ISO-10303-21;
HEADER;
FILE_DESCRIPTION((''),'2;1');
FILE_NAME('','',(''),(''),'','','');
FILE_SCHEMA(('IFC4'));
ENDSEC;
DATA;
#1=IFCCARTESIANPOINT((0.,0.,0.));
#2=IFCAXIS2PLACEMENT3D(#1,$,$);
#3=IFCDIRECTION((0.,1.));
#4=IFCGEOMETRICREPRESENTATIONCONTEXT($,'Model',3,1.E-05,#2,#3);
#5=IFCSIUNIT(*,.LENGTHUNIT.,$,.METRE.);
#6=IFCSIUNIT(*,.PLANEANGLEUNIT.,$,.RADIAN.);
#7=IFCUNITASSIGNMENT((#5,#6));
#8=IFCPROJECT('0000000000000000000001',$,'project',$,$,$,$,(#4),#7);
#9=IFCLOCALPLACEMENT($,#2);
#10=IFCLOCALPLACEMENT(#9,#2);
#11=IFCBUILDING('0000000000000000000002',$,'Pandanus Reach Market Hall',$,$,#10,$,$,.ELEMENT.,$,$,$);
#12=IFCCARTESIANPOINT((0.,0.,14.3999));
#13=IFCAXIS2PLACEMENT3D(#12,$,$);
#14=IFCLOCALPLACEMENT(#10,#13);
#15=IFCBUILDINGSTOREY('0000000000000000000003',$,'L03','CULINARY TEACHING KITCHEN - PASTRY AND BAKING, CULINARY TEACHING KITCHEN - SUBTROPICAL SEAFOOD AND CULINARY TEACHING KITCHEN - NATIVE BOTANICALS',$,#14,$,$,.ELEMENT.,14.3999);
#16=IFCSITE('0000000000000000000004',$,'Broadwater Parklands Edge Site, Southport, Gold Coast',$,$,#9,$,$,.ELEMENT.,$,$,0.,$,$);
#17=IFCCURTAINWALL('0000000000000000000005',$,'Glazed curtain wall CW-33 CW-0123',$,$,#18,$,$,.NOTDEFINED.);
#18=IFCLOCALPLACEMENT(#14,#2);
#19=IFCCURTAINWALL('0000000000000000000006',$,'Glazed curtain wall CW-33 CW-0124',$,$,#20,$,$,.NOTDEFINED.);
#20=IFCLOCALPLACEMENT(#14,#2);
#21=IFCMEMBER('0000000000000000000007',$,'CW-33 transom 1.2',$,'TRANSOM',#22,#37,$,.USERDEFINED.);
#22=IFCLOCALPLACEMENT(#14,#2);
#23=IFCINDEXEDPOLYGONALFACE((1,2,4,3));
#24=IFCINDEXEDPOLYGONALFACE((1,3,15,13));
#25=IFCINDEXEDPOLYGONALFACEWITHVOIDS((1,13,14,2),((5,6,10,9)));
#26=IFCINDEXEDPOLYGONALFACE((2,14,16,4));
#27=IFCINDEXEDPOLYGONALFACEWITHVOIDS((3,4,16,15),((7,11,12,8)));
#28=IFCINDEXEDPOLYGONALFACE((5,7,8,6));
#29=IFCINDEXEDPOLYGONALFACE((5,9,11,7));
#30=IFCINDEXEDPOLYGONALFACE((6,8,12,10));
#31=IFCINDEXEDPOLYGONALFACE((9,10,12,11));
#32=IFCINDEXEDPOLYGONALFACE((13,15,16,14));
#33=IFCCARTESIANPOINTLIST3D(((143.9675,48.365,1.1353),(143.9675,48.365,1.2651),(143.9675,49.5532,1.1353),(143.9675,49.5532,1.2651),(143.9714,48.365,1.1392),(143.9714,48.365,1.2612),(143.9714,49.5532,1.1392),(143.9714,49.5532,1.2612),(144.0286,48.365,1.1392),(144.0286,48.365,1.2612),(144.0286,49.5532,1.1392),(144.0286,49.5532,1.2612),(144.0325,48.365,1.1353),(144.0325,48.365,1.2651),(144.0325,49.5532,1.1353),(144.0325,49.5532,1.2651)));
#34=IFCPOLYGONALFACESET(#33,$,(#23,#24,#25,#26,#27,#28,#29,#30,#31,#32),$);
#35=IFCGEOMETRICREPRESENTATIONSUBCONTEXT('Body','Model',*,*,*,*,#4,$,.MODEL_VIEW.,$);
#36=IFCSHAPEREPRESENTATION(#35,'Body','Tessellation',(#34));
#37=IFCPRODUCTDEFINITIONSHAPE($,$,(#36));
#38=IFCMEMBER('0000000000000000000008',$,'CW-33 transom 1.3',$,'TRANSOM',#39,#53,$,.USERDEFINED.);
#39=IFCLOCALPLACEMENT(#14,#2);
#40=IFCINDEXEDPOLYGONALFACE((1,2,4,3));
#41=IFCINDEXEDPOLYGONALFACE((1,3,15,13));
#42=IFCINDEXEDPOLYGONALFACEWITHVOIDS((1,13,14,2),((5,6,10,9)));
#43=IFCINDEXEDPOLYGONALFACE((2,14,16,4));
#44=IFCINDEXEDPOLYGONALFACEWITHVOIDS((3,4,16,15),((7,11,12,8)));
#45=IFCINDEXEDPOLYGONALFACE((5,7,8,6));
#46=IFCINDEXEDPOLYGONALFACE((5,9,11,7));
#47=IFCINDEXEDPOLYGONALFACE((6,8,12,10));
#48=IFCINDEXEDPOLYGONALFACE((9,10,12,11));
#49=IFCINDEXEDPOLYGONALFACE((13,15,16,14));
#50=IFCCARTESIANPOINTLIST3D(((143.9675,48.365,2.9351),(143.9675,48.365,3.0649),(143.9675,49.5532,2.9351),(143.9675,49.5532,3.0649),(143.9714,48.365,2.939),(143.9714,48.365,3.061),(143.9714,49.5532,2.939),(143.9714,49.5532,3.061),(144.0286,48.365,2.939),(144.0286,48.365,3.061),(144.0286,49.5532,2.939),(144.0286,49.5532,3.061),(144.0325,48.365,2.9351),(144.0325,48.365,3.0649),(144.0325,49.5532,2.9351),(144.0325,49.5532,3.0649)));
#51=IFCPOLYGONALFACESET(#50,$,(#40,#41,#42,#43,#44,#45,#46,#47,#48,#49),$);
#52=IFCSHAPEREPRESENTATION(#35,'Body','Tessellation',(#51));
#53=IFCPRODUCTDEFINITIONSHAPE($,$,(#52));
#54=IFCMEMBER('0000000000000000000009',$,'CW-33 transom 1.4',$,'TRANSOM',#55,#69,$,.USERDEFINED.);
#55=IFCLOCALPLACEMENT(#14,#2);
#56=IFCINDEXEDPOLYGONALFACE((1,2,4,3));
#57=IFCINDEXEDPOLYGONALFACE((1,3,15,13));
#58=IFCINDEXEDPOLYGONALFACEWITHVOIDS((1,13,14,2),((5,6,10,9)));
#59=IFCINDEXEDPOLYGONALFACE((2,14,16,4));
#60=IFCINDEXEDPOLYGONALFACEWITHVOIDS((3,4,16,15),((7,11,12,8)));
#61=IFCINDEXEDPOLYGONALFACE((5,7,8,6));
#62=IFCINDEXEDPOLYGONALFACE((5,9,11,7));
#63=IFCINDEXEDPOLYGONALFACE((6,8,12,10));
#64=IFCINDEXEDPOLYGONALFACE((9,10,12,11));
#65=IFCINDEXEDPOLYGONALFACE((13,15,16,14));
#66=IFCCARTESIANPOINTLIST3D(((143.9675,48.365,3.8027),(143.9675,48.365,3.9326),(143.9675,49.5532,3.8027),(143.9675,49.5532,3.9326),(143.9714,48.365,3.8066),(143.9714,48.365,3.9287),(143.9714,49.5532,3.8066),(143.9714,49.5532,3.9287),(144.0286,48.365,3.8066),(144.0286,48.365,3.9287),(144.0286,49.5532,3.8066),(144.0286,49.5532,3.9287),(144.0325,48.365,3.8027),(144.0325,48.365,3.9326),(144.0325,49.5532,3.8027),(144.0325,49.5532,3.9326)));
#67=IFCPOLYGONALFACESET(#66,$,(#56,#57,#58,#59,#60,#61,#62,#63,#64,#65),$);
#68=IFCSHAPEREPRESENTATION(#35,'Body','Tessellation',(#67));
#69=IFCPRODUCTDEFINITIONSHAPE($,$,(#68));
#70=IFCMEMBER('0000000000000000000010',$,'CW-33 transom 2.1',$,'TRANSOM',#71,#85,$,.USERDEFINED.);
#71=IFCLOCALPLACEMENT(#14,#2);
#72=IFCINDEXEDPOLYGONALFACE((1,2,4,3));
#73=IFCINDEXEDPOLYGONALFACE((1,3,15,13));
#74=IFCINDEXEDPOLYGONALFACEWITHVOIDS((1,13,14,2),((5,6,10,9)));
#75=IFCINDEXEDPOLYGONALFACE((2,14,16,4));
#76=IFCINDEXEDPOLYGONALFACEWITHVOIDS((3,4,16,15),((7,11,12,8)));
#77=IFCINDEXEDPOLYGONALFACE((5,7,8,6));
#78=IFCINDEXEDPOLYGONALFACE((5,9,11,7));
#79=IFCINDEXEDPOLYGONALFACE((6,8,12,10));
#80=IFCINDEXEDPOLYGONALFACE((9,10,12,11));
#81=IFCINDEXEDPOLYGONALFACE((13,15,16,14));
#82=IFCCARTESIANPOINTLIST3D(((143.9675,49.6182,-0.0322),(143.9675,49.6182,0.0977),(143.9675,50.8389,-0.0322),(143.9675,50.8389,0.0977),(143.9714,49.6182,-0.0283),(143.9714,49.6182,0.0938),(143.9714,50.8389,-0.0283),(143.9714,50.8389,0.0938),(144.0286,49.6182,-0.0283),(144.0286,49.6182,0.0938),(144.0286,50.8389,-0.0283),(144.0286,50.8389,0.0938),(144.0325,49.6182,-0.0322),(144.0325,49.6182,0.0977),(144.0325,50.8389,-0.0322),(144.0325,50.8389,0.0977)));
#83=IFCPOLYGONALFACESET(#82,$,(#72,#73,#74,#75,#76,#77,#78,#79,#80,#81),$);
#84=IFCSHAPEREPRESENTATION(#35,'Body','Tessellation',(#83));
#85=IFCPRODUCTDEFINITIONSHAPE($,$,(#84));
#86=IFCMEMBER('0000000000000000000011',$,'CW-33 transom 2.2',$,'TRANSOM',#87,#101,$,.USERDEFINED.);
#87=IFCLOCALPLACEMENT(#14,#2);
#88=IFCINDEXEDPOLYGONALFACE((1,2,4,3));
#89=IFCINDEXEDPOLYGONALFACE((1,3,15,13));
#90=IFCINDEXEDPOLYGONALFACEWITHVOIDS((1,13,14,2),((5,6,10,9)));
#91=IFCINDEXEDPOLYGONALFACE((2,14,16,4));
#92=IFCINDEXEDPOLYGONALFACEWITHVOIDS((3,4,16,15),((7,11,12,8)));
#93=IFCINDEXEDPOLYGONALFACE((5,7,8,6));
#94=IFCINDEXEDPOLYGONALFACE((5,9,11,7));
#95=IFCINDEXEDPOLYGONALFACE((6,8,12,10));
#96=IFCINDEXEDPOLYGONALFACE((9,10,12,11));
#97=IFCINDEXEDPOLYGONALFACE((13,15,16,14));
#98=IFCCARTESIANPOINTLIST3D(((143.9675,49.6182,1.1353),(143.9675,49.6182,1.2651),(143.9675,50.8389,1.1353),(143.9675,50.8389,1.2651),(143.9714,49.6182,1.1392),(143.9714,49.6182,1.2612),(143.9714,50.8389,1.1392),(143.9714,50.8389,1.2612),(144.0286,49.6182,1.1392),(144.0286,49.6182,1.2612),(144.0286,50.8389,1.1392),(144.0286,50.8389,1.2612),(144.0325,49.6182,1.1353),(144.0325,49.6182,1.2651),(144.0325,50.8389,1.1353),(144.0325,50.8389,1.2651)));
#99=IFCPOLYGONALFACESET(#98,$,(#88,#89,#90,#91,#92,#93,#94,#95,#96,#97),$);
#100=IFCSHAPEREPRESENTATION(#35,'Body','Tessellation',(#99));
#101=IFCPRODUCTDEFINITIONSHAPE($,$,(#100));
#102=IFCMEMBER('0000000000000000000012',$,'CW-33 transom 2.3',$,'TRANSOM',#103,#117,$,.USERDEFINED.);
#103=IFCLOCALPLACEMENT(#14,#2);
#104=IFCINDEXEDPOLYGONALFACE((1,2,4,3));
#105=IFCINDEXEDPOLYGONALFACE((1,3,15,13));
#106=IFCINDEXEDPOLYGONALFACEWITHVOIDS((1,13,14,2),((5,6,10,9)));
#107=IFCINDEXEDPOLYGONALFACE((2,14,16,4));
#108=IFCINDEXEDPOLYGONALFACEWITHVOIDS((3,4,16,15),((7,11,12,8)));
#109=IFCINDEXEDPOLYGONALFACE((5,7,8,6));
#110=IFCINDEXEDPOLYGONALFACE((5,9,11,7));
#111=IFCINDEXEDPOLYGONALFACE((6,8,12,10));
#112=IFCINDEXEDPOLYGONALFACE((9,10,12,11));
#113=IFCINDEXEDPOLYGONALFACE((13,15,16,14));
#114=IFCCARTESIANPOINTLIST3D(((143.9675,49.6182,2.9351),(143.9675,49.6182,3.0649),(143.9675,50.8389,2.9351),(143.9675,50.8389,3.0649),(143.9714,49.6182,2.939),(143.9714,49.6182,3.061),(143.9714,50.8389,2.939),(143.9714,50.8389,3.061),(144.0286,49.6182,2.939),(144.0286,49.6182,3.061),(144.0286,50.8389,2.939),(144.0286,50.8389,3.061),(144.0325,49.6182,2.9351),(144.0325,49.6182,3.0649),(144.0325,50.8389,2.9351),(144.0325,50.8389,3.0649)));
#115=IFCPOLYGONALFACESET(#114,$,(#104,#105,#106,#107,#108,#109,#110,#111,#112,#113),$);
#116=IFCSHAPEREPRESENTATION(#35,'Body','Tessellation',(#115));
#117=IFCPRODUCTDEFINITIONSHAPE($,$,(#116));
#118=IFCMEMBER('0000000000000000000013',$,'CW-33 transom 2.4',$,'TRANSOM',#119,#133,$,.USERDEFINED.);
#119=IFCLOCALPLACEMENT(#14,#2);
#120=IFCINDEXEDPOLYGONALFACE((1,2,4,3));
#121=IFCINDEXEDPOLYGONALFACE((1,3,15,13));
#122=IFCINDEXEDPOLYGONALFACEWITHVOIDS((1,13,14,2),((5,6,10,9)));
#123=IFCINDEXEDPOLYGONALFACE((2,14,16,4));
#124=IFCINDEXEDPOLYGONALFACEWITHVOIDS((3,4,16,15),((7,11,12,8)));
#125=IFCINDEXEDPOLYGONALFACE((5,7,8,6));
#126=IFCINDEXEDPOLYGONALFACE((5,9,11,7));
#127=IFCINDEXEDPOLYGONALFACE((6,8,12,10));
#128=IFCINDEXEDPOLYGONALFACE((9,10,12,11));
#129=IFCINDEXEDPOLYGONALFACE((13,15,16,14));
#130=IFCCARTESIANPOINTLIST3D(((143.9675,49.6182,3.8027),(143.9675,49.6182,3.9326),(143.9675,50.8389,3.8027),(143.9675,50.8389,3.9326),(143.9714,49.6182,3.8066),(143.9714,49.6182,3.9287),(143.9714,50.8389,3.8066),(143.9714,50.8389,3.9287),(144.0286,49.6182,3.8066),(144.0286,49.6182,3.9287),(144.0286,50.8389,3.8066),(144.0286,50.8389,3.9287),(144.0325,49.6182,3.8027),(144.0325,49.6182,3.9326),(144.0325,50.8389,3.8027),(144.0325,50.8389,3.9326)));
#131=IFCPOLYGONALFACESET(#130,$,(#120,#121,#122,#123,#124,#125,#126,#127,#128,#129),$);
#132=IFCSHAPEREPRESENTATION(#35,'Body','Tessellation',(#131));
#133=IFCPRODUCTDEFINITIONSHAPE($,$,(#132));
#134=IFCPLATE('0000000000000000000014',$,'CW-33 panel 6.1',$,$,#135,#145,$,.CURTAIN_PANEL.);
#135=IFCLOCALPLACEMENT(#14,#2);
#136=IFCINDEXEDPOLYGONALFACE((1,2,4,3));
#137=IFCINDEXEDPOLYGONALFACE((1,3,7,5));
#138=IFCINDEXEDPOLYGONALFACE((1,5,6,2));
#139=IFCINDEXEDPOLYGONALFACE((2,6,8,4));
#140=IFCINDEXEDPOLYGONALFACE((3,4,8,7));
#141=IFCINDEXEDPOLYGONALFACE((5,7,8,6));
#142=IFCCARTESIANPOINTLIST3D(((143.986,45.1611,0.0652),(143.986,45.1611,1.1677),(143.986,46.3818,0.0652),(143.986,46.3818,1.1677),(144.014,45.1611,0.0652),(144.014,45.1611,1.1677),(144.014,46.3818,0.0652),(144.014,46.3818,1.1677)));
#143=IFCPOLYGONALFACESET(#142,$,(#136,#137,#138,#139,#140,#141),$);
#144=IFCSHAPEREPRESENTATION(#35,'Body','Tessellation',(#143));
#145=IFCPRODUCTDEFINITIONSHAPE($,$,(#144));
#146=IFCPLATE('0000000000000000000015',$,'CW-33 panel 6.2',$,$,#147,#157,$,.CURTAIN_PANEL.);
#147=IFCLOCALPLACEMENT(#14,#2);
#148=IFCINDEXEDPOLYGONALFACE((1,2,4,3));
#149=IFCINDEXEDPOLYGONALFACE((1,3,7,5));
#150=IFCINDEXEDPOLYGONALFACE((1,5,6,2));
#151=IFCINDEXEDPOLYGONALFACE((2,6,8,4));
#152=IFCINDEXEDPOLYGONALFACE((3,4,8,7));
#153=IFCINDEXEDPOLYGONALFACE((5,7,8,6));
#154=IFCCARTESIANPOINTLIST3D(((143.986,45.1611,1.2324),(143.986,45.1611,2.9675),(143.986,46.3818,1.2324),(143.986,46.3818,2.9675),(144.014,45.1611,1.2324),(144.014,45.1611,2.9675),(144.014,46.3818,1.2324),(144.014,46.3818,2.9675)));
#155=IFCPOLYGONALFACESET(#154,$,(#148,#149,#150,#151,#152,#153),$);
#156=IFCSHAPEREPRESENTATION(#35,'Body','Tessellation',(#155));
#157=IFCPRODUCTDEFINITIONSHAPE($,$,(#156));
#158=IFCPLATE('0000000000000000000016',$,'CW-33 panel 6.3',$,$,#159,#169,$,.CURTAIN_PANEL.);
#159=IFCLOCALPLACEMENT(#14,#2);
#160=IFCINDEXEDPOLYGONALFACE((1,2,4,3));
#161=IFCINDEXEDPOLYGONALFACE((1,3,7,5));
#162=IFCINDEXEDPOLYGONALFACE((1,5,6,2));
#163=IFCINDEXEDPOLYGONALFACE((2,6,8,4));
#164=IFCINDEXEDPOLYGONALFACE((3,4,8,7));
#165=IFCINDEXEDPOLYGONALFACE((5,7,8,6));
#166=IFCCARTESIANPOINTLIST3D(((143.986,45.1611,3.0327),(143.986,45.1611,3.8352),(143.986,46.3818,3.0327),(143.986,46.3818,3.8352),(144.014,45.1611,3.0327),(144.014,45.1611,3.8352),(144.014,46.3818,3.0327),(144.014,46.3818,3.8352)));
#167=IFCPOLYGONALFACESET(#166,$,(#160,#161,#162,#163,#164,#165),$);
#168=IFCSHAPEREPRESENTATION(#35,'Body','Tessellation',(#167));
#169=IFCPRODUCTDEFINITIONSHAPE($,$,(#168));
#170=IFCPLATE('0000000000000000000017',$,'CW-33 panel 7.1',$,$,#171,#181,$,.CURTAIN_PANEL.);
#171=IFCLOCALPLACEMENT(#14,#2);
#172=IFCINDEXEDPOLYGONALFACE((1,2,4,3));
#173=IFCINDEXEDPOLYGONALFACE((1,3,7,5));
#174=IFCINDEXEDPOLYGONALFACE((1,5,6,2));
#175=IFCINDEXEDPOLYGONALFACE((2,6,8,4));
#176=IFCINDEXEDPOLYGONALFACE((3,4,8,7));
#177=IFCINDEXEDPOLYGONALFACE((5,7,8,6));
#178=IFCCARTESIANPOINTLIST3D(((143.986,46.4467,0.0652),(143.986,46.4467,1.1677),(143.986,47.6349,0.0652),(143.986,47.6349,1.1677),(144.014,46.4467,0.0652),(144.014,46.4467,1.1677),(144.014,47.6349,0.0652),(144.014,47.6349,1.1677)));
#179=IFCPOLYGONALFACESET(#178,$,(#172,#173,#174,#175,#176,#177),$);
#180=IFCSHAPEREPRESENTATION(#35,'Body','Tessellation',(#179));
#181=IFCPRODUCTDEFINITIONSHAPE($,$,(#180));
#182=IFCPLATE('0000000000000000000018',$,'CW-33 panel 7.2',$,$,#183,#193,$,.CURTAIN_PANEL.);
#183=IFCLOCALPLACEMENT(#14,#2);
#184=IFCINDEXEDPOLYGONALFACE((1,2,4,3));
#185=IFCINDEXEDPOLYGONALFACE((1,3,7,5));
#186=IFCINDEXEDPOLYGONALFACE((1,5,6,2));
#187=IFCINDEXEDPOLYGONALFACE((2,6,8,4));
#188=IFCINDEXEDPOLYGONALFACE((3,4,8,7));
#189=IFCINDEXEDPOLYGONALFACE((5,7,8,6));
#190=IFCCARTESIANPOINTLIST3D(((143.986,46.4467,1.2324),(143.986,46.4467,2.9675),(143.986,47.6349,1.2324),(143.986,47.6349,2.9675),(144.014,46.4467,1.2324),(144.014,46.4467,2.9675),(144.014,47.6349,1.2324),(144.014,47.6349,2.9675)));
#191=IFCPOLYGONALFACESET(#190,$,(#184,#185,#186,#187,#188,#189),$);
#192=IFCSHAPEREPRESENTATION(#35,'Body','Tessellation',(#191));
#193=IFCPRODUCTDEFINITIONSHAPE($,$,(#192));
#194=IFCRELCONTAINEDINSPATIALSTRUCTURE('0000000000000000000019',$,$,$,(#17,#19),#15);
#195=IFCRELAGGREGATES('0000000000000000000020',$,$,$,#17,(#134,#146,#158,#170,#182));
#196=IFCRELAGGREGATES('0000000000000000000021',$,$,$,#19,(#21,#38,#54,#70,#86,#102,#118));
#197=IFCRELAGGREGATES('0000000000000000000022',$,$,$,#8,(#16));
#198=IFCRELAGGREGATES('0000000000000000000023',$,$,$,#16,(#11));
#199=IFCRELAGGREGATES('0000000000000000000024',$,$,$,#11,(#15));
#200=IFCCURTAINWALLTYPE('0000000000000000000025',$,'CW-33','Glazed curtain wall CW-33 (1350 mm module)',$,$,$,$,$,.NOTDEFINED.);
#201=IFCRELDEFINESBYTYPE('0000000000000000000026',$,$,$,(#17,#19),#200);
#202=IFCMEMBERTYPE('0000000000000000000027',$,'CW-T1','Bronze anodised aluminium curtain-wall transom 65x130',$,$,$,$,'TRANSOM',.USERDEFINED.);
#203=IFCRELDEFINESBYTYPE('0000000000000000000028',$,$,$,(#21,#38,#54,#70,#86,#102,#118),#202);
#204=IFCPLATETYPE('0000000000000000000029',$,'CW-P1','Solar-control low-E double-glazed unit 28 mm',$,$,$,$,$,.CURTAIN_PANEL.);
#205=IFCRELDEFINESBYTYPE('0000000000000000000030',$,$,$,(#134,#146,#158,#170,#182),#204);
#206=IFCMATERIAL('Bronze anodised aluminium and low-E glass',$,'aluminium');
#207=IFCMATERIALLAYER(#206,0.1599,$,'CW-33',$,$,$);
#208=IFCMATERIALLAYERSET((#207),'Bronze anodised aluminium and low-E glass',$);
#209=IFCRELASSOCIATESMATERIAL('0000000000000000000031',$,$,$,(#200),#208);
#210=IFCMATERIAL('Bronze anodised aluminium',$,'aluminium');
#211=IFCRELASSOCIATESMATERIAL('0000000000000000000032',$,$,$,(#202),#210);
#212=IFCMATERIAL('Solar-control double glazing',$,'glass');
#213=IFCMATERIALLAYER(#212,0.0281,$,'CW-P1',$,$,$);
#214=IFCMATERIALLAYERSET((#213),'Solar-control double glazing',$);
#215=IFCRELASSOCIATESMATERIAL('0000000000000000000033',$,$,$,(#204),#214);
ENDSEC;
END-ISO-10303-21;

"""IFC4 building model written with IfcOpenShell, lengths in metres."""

from ifc_helpers import new_model, si_unit, direction, frame, origin, origin_2d, place, context, subcontext, project, spatial, rectangle, hollow_rectangle, extrude, material, layer, layer_set, material_profile, profile_set, type_object, element, aggregate, save


model = new_model("IFC4")

# Units and contexts
model_context = context("Model", 3, precision=1e-05, world=origin(), true_north=direction((0.0, 1.0)))
body_context = subcontext(model_context, "Body", "Model", "MODEL_VIEW")
ifc_project = project(units=[si_unit("LENGTHUNIT", "METRE"), si_unit("PLANEANGLEUNIT", "RADIAN")], contexts=[model_context])

# Site, building, storey
site_placement = place(None, origin())
site = spatial("IfcSite", under=ifc_project, at=site_placement, Name="Broadwater Parklands Edge Site, Southport, Gold Coast", CompositionType="ELEMENT", RefElevation=0.0)
building_placement = place(site_placement, origin())
building = spatial("IfcBuilding", under=site, at=building_placement, Name="Pandanus Reach Market Hall", CompositionType="ELEMENT")
storey_placement = place(building_placement, frame((0.0, 0.0, 14.3999)))
storey = spatial("IfcBuildingStorey", under=building, at=storey_placement, Name="L03", Description="CULINARY TEACHING KITCHEN - PASTRY AND BAKING, CULINARY TEACHING KITCHEN - SUBTROPICAL SEAFOOD AND CULINARY TEACHING KITCHEN - NATIVE BOTANICALS", CompositionType="ELEMENT", Elevation=14.3999)

# Curtain walls
ifc_material_1 = material(Name="Bronze anodised aluminium and low-E glass", Category="aluminium")
ifc_layer_1 = layer(ifc_material_1, 0.1599, Name="CW-33")
ifc_layer_set_1 = layer_set([ifc_layer_1], Name="Bronze anodised aluminium and low-E glass")
curtain_wall_type = type_object("IfcCurtainWallType", Name="CW-33", Description="Glazed curtain wall CW-33 (1350 mm module)", PredefinedType="NOTDEFINED", material=ifc_layer_set_1)
curtain_wall_1_placement = place(storey_placement, origin())
curtain_wall_1 = element("IfcCurtainWall", 1, at=curtain_wall_1_placement, inside=storey, type_object=curtain_wall_type, Name="Glazed curtain wall CW-33 CW-0123", PredefinedType="NOTDEFINED")
ifc_material_2 = material(Name="Bronze anodised aluminium", Category="aluminium")
curtain_wall_2_placement = place(storey_placement, origin())
curtain_wall_2 = element("IfcCurtainWall", 2, at=curtain_wall_2_placement, inside=storey, type_object=curtain_wall_type, Name="Glazed curtain wall CW-33 CW-0124", PredefinedType="NOTDEFINED")

# Members
ifc_material_profile_1 = material_profile(ifc_material_2, hollow_rectangle(XDim=0.0649, YDim=0.1299, WallThickness=0.0039, at=origin_2d()), Name="ALU65x130", Category="LoadBearing")
ifc_profile_set_1 = profile_set([ifc_material_profile_1], Name="Bronze anodised aluminium")
member_type_1 = type_object("IfcMemberType", Name="CW-T1", Description="Bronze anodised aluminium curtain-wall transom 65x130", ElementType="TRANSOM", PredefinedType="USERDEFINED", material=ifc_profile_set_1)
member_1_placement = place(storey_placement, frame((144.0, 48.365, 1.2002), z_axis=(0.0, 1.0, 0.0), x_axis=(-1.0, 0.0, 0.0)))
member_1 = element("IfcMember", 3, at=member_1_placement, type_object=member_type_1, Name="CW-33 transom 1.2", ObjectType="TRANSOM", PredefinedType="USERDEFINED", context=body_context, shape_type="SweptSolid", body=[
    extrude(hollow_rectangle(XDim=0.0649, YDim=0.1299, WallThickness=0.0039, at=origin_2d()), origin(), (0.0, 0.0, 1.0), 1.1882),
])
member_2_placement = place(storey_placement, frame((144.0, 48.365, 3.0), z_axis=(0.0, 1.0, 0.0), x_axis=(-1.0, 0.0, 0.0)))
member_2 = element("IfcMember", 4, at=member_2_placement, type_object=member_type_1, Name="CW-33 transom 1.3", ObjectType="TRANSOM", PredefinedType="USERDEFINED", context=body_context, shape_type="SweptSolid", body=[
    extrude(hollow_rectangle(XDim=0.0649, YDim=0.1299, WallThickness=0.0039, at=origin_2d()), origin(), (0.0, 0.0, 1.0), 1.1882),
])
member_3_placement = place(storey_placement, frame((144.0, 48.365, 3.8677), z_axis=(0.0, 1.0, 0.0), x_axis=(-1.0, 0.0, 0.0)))
member_3 = element("IfcMember", 5, at=member_3_placement, type_object=member_type_1, Name="CW-33 transom 1.4", ObjectType="TRANSOM", PredefinedType="USERDEFINED", context=body_context, shape_type="SweptSolid", body=[
    extrude(hollow_rectangle(XDim=0.0649, YDim=0.1299, WallThickness=0.0039, at=origin_2d()), origin(), (0.0, 0.0, 1.0), 1.1882),
])
member_4_placement = place(storey_placement, frame((144.0, 49.6182, 0.0327), z_axis=(0.0, 1.0, 0.0), x_axis=(-1.0, 0.0, 0.0)))
member_4 = element("IfcMember", 6, at=member_4_placement, type_object=member_type_1, Name="CW-33 transom 2.1", ObjectType="TRANSOM", PredefinedType="USERDEFINED", context=body_context, shape_type="SweptSolid", body=[
    extrude(hollow_rectangle(XDim=0.0649, YDim=0.1299, WallThickness=0.0039, at=origin_2d()), origin(), (0.0, 0.0, 1.0), 1.2207),
])
member_5_placement = place(storey_placement, frame((144.0, 49.6182, 1.2002), z_axis=(0.0, 1.0, 0.0), x_axis=(-1.0, 0.0, 0.0)))
member_5 = element("IfcMember", 7, at=member_5_placement, type_object=member_type_1, Name="CW-33 transom 2.2", ObjectType="TRANSOM", PredefinedType="USERDEFINED", context=body_context, shape_type="SweptSolid", body=[
    extrude(hollow_rectangle(XDim=0.0649, YDim=0.1299, WallThickness=0.0039, at=origin_2d()), origin(), (0.0, 0.0, 1.0), 1.2207),
])
member_6_placement = place(storey_placement, frame((144.0, 49.6182, 3.0), z_axis=(0.0, 1.0, 0.0), x_axis=(-1.0, 0.0, 0.0)))
member_6 = element("IfcMember", 8, at=member_6_placement, type_object=member_type_1, Name="CW-33 transom 2.3", ObjectType="TRANSOM", PredefinedType="USERDEFINED", context=body_context, shape_type="SweptSolid", body=[
    extrude(hollow_rectangle(XDim=0.0649, YDim=0.1299, WallThickness=0.0039, at=origin_2d()), origin(), (0.0, 0.0, 1.0), 1.2207),
])
member_7_placement = place(storey_placement, frame((144.0, 49.6182, 3.8677), z_axis=(0.0, 1.0, 0.0), x_axis=(-1.0, 0.0, 0.0)))
member_7 = element("IfcMember", 9, at=member_7_placement, type_object=member_type_1, Name="CW-33 transom 2.4", ObjectType="TRANSOM", PredefinedType="USERDEFINED", context=body_context, shape_type="SweptSolid", body=[
    extrude(hollow_rectangle(XDim=0.0649, YDim=0.1299, WallThickness=0.0039, at=origin_2d()), origin(), (0.0, 0.0, 1.0), 1.2207),
])

# Plates
ifc_material_3 = material(Name="Solar-control double glazing", Category="glass")
ifc_layer_2 = layer(ifc_material_3, 0.0281, Name="CW-P1")
ifc_layer_set_2 = layer_set([ifc_layer_2], Name="Solar-control double glazing")
plate_type = type_object("IfcPlateType", Name="CW-P1", Description="Solar-control low-E double-glazed unit 28 mm", PredefinedType="CURTAIN_PANEL", material=ifc_layer_set_2)
plate_1_placement = place(storey_placement, frame((144.0, 45.7715, 0.0652), z_axis=(0.0, 0.0, 1.0), x_axis=(0.0, 1.0, 0.0)))
plate_1 = element("IfcPlate", 10, at=plate_1_placement, type_object=plate_type, Name="CW-33 panel 6.1", PredefinedType="CURTAIN_PANEL", context=body_context, shape_type="SweptSolid", body=[
    extrude(rectangle(XDim=1.2207, YDim=0.0281, at=origin_2d()), origin(), (0.0, 0.0, 1.0), 1.1025),
])
plate_2_placement = place(storey_placement, frame((144.0, 45.7715, 1.2324), z_axis=(0.0, 0.0, 1.0), x_axis=(0.0, 1.0, 0.0)))
plate_2 = element("IfcPlate", 11, at=plate_2_placement, type_object=plate_type, Name="CW-33 panel 6.2", PredefinedType="CURTAIN_PANEL", context=body_context, shape_type="SweptSolid", body=[
    extrude(rectangle(XDim=1.2207, YDim=0.0281, at=origin_2d()), origin(), (0.0, 0.0, 1.0), 1.7351),
])
plate_3_placement = place(storey_placement, frame((144.0, 45.7715, 3.0327), z_axis=(0.0, 0.0, 1.0), x_axis=(0.0, 1.0, 0.0)))
plate_3 = element("IfcPlate", 12, at=plate_3_placement, type_object=plate_type, Name="CW-33 panel 6.3", PredefinedType="CURTAIN_PANEL", context=body_context, shape_type="SweptSolid", body=[
    extrude(rectangle(XDim=1.2207, YDim=0.0281, at=origin_2d()), origin(), (0.0, 0.0, 1.0), 0.8025),
])
plate_4_placement = place(storey_placement, frame((144.0, 47.0408, 0.0652), z_axis=(0.0, 0.0, 1.0), x_axis=(0.0, 1.0, 0.0)))
plate_4 = element("IfcPlate", 13, at=plate_4_placement, type_object=plate_type, Name="CW-33 panel 7.1", PredefinedType="CURTAIN_PANEL", context=body_context, shape_type="SweptSolid", body=[
    extrude(rectangle(XDim=1.1882, YDim=0.0281, at=origin_2d()), origin(), (0.0, 0.0, 1.0), 1.1025),
])
plate_5_placement = place(storey_placement, frame((144.0, 47.0408, 1.2324), z_axis=(0.0, 0.0, 1.0), x_axis=(0.0, 1.0, 0.0)))
plate_5 = element("IfcPlate", 14, at=plate_5_placement, type_object=plate_type, Name="CW-33 panel 7.2", PredefinedType="CURTAIN_PANEL", context=body_context, shape_type="SweptSolid", body=[
    extrude(rectangle(XDim=1.1882, YDim=0.0281, at=origin_2d()), origin(), (0.0, 0.0, 1.0), 1.7351),
])
aggregate(curtain_wall_1, [plate_1, plate_2, plate_3, plate_4, plate_5])
aggregate(curtain_wall_2, [member_1, member_2, member_3, member_4, member_5, member_6, member_7])

save(model, "model.ifc")
